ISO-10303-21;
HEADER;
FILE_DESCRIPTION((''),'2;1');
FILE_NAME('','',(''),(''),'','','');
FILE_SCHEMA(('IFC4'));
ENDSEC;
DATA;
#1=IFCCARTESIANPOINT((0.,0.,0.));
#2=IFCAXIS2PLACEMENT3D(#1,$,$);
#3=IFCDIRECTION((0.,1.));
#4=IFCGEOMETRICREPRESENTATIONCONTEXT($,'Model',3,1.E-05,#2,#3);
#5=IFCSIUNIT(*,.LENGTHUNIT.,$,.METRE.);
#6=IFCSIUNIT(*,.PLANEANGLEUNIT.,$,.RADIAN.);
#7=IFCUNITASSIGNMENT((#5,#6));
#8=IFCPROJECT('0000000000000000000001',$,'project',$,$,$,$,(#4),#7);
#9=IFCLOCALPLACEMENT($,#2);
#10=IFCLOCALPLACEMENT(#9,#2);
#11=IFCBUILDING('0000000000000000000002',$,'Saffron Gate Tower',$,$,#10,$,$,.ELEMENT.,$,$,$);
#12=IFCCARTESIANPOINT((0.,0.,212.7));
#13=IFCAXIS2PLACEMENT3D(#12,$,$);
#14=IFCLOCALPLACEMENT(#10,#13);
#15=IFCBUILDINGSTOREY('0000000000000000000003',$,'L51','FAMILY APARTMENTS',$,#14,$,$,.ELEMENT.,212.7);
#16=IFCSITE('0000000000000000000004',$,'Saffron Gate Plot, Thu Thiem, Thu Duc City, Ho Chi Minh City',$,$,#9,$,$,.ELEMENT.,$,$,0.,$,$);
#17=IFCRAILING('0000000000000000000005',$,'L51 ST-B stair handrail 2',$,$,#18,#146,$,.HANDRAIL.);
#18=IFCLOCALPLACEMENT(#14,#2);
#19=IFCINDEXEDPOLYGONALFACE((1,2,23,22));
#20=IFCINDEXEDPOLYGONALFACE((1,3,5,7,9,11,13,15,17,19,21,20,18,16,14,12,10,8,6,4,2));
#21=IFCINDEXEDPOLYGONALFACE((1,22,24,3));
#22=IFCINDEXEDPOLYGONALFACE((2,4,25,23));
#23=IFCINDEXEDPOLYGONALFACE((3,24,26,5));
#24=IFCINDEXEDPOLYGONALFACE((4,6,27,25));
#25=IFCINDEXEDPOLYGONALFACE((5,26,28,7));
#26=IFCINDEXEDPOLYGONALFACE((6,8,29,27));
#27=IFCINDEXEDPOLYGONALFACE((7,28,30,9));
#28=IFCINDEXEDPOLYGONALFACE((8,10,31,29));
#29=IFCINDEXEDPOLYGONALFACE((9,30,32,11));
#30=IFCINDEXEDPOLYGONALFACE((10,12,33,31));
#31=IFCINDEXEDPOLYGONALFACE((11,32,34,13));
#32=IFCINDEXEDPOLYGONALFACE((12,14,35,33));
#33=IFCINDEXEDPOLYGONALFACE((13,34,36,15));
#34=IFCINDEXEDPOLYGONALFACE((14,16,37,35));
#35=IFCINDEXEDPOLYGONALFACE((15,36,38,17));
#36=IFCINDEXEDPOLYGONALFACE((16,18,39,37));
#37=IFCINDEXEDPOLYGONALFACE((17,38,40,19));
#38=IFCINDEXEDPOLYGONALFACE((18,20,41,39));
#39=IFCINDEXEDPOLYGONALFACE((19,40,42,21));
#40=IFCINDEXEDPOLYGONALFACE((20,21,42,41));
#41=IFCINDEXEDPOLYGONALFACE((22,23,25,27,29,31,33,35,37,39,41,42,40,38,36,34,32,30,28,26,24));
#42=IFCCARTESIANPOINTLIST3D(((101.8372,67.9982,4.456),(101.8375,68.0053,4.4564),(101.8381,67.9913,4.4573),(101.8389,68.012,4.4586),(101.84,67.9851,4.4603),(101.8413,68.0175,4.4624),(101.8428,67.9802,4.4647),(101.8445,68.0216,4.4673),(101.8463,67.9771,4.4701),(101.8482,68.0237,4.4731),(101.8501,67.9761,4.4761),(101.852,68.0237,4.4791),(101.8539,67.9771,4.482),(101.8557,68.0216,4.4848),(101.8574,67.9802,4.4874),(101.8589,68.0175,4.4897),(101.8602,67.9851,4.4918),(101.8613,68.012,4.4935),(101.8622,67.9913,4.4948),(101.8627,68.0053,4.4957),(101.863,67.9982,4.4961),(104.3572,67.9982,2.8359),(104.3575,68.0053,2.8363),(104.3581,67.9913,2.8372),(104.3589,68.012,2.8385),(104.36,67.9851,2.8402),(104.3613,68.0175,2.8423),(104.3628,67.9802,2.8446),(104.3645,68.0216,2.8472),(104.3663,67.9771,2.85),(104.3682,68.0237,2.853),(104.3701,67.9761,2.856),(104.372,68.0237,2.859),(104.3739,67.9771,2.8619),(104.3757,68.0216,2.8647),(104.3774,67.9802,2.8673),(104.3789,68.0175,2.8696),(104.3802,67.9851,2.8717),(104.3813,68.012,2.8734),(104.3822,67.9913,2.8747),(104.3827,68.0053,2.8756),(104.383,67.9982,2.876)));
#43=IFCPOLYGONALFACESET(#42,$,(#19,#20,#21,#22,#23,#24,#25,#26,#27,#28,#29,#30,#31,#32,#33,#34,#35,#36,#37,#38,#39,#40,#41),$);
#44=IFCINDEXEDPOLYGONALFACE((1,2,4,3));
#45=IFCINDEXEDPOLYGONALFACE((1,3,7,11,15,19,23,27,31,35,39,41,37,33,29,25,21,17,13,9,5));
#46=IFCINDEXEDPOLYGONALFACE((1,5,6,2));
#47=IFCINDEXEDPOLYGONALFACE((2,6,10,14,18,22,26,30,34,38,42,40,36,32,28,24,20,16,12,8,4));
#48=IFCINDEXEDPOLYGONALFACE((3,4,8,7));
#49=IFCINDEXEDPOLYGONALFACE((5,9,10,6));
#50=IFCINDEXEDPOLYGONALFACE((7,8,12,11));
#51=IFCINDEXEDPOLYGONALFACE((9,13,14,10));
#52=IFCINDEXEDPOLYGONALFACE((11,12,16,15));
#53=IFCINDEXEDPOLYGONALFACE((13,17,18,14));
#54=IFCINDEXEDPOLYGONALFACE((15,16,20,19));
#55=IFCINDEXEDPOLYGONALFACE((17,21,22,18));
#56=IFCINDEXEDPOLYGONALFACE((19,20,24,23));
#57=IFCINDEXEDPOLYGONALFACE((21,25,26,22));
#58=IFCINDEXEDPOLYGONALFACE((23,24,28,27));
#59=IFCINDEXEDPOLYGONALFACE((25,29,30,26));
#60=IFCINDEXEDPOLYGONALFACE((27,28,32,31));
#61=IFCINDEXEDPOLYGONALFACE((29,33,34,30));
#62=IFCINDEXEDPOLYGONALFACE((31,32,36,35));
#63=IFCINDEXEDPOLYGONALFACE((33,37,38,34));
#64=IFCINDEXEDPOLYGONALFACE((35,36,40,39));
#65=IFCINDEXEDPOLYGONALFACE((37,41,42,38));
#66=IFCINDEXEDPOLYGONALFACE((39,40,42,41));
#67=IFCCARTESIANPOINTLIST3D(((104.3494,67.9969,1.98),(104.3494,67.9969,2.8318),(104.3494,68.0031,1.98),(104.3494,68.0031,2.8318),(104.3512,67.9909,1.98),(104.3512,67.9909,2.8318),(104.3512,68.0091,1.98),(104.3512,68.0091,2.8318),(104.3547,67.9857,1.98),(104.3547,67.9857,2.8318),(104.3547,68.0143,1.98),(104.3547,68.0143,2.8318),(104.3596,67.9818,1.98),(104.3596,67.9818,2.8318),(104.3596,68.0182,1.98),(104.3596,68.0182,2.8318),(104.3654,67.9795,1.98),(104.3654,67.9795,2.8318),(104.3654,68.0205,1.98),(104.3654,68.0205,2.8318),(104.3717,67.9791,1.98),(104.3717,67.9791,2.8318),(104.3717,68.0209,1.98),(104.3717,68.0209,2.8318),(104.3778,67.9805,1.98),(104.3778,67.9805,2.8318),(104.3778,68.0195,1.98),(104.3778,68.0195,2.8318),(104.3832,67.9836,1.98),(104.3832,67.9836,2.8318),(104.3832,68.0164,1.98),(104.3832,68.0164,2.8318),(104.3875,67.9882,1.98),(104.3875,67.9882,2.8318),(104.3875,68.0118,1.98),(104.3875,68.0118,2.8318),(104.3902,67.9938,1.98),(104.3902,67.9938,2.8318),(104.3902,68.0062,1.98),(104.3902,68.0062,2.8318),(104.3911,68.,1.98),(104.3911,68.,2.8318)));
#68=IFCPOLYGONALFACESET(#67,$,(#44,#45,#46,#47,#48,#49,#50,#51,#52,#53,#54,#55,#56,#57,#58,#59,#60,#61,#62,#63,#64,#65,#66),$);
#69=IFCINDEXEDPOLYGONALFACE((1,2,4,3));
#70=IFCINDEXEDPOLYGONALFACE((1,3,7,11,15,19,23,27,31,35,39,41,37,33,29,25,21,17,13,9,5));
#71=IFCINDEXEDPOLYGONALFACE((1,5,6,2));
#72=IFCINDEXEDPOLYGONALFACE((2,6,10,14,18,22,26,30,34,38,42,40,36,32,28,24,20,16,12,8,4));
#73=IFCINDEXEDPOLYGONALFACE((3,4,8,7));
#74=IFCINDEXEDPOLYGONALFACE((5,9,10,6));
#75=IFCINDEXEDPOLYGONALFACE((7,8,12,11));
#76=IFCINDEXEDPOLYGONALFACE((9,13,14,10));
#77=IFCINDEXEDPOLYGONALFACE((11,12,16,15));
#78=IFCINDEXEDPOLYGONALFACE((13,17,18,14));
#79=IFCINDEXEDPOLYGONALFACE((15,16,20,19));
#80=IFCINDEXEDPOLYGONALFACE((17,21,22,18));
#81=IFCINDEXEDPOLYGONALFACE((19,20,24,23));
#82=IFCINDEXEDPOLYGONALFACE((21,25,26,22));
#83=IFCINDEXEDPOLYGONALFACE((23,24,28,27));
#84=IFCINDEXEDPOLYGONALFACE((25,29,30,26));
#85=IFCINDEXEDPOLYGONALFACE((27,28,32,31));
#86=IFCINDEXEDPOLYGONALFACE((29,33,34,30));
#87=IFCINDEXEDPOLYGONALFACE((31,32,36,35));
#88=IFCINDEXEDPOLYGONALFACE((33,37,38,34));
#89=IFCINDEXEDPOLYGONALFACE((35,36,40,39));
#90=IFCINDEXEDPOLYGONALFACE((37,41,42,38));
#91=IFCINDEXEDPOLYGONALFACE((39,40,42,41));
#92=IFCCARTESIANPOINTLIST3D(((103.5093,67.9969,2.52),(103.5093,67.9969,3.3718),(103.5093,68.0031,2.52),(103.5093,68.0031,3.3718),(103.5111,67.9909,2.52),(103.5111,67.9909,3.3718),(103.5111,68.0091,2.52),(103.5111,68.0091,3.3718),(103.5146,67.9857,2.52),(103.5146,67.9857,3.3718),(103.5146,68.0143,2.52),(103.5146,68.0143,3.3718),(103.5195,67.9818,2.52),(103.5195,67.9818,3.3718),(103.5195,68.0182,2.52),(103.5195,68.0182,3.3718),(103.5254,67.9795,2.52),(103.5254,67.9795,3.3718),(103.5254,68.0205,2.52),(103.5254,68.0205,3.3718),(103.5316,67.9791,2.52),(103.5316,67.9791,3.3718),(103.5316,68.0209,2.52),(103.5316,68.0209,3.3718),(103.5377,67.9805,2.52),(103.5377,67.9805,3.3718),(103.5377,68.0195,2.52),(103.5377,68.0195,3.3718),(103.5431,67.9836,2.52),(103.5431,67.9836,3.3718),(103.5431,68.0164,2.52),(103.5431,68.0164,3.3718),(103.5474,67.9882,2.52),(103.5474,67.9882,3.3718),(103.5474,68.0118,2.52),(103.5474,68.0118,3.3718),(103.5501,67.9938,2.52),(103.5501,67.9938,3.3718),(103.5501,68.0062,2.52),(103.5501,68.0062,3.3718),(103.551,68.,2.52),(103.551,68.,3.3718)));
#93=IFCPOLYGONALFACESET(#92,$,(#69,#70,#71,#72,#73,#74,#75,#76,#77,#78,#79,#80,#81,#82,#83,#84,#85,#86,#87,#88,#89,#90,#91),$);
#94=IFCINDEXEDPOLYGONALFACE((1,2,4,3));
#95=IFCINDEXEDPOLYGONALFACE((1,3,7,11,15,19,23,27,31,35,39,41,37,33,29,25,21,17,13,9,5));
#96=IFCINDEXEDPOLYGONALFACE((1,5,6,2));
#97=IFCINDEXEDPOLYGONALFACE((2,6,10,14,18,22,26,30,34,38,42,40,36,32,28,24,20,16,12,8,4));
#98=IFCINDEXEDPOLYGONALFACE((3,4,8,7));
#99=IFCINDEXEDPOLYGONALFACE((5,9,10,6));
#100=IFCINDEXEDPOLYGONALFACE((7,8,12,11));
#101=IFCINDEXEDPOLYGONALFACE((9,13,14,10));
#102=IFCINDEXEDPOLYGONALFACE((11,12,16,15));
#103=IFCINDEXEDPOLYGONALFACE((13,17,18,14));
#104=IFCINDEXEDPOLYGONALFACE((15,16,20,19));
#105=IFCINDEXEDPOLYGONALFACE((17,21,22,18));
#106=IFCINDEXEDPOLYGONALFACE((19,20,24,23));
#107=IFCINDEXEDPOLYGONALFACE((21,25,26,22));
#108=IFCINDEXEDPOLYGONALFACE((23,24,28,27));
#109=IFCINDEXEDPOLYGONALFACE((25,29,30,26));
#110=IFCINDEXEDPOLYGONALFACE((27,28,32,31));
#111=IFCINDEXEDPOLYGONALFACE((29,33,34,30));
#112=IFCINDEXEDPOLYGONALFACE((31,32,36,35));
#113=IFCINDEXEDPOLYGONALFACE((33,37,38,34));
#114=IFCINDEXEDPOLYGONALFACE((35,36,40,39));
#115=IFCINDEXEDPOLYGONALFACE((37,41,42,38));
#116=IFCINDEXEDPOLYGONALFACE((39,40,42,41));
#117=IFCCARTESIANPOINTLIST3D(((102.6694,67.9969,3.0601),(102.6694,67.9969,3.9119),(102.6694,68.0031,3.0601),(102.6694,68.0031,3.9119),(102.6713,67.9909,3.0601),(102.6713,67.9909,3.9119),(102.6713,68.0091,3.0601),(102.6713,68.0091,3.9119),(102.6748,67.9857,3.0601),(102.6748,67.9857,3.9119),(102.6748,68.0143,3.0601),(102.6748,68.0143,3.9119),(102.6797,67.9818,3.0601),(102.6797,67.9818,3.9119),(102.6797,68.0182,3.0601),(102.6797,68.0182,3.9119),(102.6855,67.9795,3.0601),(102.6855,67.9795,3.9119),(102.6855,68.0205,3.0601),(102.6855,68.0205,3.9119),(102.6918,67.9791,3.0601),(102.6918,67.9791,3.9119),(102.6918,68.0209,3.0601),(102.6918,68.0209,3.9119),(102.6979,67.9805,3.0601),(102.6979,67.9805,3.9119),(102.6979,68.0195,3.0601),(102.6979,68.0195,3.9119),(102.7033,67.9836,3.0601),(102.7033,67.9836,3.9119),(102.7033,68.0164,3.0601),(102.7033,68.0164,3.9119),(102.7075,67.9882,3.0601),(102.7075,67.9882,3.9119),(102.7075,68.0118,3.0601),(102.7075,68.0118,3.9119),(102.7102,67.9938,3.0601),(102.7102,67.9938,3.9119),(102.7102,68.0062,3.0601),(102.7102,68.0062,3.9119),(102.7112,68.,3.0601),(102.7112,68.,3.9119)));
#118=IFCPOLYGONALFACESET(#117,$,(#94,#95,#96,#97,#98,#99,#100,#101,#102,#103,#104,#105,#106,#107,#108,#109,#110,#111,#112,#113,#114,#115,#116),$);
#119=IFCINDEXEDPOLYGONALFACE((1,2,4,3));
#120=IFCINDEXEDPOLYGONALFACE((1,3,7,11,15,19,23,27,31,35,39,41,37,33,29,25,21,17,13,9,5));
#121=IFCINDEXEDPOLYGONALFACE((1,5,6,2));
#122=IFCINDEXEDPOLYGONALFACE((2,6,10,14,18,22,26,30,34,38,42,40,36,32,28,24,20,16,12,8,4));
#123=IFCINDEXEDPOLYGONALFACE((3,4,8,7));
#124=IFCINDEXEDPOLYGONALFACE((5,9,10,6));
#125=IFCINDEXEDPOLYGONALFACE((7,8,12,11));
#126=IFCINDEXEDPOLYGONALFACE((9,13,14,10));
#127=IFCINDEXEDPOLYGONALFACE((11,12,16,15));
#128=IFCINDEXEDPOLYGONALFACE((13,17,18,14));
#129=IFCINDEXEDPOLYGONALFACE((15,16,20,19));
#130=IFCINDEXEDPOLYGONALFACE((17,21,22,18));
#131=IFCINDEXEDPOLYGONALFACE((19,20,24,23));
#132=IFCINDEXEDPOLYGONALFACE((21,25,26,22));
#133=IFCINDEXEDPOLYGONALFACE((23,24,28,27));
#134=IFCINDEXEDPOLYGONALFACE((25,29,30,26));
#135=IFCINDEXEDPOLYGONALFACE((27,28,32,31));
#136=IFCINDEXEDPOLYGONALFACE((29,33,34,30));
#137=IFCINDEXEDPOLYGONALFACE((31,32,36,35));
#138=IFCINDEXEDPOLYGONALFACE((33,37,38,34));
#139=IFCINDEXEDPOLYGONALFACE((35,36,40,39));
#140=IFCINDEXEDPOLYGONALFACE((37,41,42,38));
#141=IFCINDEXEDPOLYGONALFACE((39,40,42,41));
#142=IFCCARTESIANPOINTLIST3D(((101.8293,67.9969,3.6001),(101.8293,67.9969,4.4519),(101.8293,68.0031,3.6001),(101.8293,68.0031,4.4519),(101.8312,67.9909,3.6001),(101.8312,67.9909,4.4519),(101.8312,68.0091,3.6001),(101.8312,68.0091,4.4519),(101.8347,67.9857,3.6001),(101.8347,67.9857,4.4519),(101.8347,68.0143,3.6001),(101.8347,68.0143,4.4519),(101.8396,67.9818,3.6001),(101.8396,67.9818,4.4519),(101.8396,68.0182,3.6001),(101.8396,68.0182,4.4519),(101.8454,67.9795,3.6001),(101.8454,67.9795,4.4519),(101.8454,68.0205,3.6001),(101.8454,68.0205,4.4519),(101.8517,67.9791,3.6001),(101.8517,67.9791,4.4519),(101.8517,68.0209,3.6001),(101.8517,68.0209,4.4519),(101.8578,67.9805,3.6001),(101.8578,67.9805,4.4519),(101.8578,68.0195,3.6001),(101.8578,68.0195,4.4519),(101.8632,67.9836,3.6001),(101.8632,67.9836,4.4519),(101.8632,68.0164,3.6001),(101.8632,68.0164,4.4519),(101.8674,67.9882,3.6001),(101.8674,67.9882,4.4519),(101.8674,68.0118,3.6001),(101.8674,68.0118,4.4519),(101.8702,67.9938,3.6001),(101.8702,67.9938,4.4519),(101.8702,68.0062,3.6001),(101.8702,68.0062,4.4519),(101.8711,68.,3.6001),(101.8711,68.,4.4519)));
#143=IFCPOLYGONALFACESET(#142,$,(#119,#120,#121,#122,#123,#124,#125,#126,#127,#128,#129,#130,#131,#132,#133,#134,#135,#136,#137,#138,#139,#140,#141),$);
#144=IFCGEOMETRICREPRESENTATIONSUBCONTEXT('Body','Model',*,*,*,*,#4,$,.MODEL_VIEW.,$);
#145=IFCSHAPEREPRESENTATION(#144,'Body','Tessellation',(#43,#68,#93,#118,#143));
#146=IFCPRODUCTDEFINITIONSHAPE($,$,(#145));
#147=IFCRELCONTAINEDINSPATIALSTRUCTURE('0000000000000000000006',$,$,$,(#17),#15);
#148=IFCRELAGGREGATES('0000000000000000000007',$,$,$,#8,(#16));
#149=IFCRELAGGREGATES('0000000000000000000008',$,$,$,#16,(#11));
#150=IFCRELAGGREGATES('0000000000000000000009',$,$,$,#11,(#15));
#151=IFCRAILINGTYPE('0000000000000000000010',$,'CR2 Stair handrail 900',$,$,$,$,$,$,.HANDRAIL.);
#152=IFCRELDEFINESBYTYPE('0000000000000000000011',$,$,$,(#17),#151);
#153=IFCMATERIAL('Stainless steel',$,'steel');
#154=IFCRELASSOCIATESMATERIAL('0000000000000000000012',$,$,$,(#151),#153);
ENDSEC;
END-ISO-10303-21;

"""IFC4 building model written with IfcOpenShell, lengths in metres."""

from ifc_helpers import new_model, si_unit, direction, frame, origin, origin_2d, place, context, subcontext, project, spatial, circle, extrude, material, type_object, element, save


model = new_model("IFC4")

# Units and contexts
model_context = context("Model", 3, precision=1e-05, world=origin(), true_north=direction((0.0, 1.0)))
body_context = subcontext(model_context, "Body", "Model", "MODEL_VIEW")
ifc_project = project(units=[si_unit("LENGTHUNIT", "METRE"), si_unit("PLANEANGLEUNIT", "RADIAN")], contexts=[model_context])

# Site, building, storey
site_placement = place(None, origin())
site = spatial("IfcSite", under=ifc_project, at=site_placement, Name="Saffron Gate Plot, Thu Thiem, Thu Duc City, Ho Chi Minh City", CompositionType="ELEMENT", RefElevation=0.0)
building_placement = place(site_placement, origin())
building = spatial("IfcBuilding", under=site, at=building_placement, Name="Saffron Gate Tower", CompositionType="ELEMENT")
storey_placement = place(building_placement, frame((0.0, 0.0, 212.7)))
storey = spatial("IfcBuildingStorey", under=building, at=storey_placement, Name="L51", Description="FAMILY APARTMENTS", CompositionType="ELEMENT", Elevation=212.7)

# Railing
ifc_material_1 = material(Name="Stainless steel", Category="steel")
railing_type = type_object("IfcRailingType", Name="CR2 Stair handrail 900", PredefinedType="HANDRAIL", material=ifc_material_1)
railing_placement = place(storey_placement, frame((104.3701, 68.0, 1.98)))
element("IfcRailing", 1, at=railing_placement, inside=storey, type_object=railing_type, Name="L51 ST-B stair handrail 2", PredefinedType="HANDRAIL", context=body_context, shape_type="SweptSolid", body=[
    extrude(circle(Radius=0.0239, at=origin_2d()), frame((0.0, 0.0, 0.876), z_axis=(-0.841163, 0.0, 0.540782), x_axis=(0.0, -1.0, 0.0)), (0.0, 0.0, 1.0), 2.9958),
    extrude(circle(Radius=0.021, at=origin_2d()), origin(), (0.0, 0.0, 1.0), 0.8518),
    extrude(circle(Radius=0.021, at=origin_2d()), frame((-0.8401, 0.0, 0.54)), (0.0, 0.0, 1.0), 0.8518),
    extrude(circle(Radius=0.021, at=origin_2d()), frame((-1.6799, 0.0, 1.0801)), (0.0, 0.0, 1.0), 0.8518),
    extrude(circle(Radius=0.021, at=origin_2d()), frame((-2.52, 0.0, 1.6201)), (0.0, 0.0, 1.0), 0.8518),
])

save(model, "model.ifc")
